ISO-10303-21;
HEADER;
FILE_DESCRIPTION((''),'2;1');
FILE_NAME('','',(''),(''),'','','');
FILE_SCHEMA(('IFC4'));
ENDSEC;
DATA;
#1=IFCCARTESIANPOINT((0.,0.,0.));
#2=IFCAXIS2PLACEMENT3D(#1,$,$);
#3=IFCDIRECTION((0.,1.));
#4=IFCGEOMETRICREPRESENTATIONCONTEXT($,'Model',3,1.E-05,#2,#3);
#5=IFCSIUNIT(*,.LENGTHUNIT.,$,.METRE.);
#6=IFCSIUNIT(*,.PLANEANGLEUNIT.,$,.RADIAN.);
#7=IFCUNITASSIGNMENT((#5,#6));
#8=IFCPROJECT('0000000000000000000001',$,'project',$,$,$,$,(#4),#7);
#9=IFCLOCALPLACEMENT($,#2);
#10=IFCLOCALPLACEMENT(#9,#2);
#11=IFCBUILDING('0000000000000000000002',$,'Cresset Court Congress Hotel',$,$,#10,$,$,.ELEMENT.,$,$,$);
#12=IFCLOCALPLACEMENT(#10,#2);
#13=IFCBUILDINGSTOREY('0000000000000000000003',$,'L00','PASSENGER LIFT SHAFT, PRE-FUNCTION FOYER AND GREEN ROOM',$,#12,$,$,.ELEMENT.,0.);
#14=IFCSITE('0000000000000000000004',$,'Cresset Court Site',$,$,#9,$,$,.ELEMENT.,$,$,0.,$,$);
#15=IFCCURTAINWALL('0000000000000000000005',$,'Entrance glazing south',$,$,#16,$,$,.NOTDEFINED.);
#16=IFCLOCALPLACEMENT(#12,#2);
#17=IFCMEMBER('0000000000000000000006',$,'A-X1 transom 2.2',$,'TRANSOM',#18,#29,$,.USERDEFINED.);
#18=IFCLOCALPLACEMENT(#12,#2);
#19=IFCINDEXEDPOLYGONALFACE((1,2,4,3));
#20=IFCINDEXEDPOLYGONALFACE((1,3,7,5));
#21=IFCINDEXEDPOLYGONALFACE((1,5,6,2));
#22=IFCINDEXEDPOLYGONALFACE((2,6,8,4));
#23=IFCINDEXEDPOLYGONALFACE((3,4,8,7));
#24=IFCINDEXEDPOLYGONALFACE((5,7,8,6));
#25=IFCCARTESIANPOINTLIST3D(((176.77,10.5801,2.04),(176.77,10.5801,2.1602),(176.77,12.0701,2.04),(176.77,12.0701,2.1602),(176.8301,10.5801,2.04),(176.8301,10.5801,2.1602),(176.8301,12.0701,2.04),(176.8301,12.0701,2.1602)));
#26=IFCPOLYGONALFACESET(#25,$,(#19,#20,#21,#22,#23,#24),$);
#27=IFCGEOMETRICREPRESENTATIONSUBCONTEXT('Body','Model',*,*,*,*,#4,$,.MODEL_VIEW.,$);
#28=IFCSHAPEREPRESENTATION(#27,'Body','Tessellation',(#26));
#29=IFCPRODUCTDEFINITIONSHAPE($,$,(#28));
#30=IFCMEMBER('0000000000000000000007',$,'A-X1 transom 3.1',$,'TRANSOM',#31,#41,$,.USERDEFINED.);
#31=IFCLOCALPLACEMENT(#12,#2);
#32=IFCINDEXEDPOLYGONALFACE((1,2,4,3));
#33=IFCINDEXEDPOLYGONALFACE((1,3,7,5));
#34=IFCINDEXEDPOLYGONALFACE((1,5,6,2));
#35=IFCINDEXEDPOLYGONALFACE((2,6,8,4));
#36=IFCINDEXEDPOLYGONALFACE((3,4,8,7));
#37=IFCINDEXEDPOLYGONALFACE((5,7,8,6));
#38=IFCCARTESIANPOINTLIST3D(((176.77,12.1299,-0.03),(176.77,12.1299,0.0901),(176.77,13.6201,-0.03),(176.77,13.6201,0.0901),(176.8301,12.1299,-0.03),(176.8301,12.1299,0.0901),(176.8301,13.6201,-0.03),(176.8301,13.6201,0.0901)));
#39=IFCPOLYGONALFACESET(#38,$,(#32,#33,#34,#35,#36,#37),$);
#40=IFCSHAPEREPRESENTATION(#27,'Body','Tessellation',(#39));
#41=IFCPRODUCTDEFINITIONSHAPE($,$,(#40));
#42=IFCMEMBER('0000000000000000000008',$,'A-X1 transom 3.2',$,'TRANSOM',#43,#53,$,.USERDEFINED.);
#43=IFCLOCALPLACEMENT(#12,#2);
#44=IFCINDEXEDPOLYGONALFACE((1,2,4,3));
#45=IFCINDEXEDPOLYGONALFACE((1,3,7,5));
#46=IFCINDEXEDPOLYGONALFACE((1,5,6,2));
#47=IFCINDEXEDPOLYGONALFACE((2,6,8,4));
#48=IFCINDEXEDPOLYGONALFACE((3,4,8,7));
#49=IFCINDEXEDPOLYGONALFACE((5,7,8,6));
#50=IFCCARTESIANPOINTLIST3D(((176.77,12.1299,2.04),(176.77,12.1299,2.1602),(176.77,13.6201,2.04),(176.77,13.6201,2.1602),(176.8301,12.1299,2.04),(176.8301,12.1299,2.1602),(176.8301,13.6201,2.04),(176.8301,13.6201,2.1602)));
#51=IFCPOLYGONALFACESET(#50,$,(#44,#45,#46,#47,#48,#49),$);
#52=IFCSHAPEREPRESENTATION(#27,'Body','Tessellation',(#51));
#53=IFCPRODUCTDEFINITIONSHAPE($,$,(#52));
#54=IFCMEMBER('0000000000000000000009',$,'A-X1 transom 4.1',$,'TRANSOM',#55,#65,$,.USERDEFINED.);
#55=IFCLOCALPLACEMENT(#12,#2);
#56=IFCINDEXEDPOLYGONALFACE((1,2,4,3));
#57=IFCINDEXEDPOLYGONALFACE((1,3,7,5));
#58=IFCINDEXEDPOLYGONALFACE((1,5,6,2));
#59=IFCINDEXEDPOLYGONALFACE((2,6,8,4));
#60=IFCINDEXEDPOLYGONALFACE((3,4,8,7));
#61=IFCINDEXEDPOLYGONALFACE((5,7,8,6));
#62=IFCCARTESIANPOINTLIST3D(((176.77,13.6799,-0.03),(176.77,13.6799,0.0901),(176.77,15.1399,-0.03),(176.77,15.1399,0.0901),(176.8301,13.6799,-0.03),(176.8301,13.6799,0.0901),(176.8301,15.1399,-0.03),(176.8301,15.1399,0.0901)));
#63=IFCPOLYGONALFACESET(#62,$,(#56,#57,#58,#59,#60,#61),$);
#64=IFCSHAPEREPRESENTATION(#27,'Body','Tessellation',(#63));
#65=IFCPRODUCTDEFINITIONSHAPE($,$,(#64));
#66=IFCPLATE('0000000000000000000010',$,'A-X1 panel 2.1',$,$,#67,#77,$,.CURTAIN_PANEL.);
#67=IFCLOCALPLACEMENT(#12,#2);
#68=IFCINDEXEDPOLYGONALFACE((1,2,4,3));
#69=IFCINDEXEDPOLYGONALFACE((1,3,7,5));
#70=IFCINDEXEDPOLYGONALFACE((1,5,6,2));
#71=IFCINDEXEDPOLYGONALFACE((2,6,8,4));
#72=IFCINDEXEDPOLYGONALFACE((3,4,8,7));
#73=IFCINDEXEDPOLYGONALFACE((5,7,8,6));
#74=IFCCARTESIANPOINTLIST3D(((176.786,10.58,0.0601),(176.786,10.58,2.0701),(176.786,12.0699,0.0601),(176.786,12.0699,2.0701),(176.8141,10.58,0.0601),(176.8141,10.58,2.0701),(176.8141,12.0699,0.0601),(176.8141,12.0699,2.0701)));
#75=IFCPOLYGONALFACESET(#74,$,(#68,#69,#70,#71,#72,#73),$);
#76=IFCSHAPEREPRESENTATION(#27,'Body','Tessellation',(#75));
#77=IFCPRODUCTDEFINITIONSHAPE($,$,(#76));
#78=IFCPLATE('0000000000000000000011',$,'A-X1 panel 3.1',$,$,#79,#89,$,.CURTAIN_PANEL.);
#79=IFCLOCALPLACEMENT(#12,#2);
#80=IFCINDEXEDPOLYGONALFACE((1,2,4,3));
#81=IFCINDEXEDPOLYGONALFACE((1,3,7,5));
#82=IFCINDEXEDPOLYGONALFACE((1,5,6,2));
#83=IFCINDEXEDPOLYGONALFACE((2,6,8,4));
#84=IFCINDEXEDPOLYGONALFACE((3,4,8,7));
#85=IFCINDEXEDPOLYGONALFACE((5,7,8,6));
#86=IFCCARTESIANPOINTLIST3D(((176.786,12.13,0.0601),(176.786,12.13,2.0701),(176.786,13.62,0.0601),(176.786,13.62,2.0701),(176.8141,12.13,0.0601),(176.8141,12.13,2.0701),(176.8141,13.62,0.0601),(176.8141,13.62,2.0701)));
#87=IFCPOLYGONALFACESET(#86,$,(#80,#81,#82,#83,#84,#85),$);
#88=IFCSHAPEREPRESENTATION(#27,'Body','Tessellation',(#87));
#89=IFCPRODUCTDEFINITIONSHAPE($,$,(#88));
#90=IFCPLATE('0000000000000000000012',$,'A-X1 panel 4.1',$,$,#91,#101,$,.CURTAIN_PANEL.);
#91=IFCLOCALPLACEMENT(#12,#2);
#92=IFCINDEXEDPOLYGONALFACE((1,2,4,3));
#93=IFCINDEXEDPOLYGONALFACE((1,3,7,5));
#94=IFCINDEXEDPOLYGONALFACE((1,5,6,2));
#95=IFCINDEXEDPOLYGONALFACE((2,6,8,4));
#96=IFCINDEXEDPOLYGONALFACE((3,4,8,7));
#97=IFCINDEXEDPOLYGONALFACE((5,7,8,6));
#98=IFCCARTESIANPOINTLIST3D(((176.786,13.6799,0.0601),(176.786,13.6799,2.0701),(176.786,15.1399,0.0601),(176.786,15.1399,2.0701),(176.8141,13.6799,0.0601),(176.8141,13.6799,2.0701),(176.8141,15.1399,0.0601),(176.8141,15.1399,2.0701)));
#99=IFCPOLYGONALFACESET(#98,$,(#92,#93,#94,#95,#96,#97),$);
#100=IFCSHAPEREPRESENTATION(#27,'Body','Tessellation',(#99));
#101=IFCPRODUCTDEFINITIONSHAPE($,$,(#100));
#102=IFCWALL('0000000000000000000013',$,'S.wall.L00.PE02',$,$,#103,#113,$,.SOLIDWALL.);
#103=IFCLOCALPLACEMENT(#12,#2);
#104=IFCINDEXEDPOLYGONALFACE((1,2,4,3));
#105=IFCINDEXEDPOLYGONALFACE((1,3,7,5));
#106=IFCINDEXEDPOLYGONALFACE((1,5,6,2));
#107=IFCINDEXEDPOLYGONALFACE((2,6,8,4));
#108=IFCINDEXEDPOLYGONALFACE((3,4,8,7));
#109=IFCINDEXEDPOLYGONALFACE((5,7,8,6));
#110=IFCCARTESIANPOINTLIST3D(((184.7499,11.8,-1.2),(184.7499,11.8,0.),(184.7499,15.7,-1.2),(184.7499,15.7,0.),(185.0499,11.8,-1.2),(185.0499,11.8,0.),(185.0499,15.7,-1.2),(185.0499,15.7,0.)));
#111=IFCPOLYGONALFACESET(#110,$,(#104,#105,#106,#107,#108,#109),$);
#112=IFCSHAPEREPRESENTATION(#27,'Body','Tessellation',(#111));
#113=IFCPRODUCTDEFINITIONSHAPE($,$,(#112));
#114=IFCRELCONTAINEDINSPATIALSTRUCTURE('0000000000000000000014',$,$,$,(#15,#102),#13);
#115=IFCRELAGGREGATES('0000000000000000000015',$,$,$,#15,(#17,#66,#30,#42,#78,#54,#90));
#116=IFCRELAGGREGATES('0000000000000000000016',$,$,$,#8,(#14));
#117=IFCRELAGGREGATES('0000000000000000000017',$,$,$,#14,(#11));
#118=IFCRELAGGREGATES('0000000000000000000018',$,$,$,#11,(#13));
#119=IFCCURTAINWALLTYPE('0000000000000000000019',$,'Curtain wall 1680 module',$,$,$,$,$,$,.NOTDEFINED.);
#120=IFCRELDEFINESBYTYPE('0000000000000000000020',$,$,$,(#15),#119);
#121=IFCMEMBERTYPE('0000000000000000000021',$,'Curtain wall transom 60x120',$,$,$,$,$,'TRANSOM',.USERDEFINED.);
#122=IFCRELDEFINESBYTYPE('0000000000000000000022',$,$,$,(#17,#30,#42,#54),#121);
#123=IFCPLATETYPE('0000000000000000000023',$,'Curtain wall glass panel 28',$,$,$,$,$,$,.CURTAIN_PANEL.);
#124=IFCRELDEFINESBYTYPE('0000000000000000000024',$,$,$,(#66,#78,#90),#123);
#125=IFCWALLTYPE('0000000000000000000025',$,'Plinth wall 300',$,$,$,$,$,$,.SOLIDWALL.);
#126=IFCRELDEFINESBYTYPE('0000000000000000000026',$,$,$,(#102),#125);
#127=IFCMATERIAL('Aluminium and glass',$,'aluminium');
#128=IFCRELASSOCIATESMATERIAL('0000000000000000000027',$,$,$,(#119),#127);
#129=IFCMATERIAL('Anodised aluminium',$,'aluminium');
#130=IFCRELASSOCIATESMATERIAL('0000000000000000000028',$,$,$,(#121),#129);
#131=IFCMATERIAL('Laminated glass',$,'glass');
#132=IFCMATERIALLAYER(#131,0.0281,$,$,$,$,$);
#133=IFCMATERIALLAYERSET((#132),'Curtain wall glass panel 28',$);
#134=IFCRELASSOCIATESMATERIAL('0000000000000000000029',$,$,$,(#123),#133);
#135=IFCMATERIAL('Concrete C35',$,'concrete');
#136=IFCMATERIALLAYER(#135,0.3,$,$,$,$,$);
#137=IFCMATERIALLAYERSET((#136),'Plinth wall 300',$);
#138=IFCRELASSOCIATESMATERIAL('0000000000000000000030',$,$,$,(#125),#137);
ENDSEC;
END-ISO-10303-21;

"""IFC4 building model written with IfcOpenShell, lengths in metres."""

from ifc_helpers import new_model, si_unit, direction, frame, frame_2d, origin, origin_2d, place, context, subcontext, project, spatial, rectangle, extrude, material, layer, layer_set, material_profile, profile_set, type_object, element, aggregate, save


model = new_model("IFC4")

# Units and contexts
model_context = context("Model", 3, precision=1e-05, world=origin(), true_north=direction((0.0, 1.0)))
body_context = subcontext(model_context, "Body", "Model", "MODEL_VIEW")
ifc_project = project(units=[si_unit("LENGTHUNIT", "METRE"), si_unit("PLANEANGLEUNIT", "RADIAN")], contexts=[model_context])

# Site, building, storey
site_placement = place(None, origin())
site = spatial("IfcSite", under=ifc_project, at=site_placement, Name="Cresset Court Site", CompositionType="ELEMENT", RefElevation=0.0)
building_placement = place(site_placement, origin())
building = spatial("IfcBuilding", under=site, at=building_placement, Name="Cresset Court Congress Hotel", CompositionType="ELEMENT")
storey_placement = place(building_placement, origin())
storey = spatial("IfcBuildingStorey", under=building, at=storey_placement, Name="L00", Description="PASSENGER LIFT SHAFT, PRE-FUNCTION FOYER AND GREEN ROOM", CompositionType="ELEMENT", Elevation=0.0)

# Curtain wall, members, plates
ifc_material_1 = material(Name="Aluminium and glass", Category="aluminium")
curtain_wall_type = type_object("IfcCurtainWallType", Name="Curtain wall 1680 module", PredefinedType="NOTDEFINED", material=ifc_material_1)
curtain_wall_placement = place(storey_placement, origin())
curtain_wall = element("IfcCurtainWall", 1, at=curtain_wall_placement, inside=storey, type_object=curtain_wall_type, Name="Entrance glazing south", PredefinedType="NOTDEFINED")
ifc_material_2 = material(Name="Anodised aluminium", Category="aluminium")
ifc_material_profile_1 = material_profile(ifc_material_2, rectangle(XDim=0.0601, YDim=0.1201, at=origin_2d()), Name="AL60x120")
ifc_profile_set_1 = profile_set([ifc_material_profile_1], Name="Anodised aluminium")
member_type_1 = type_object("IfcMemberType", Name="Curtain wall transom 60x120", ElementType="TRANSOM", PredefinedType="USERDEFINED", material=ifc_profile_set_1)
member_1_placement = place(storey_placement, frame((176.8, 10.5801, 2.1001), z_axis=(0.0, 1.0, 0.0), x_axis=(-1.0, 0.0, 0.0)))
member_1 = element("IfcMember", 2, at=member_1_placement, type_object=member_type_1, Name="A-X1 transom 2.2", ObjectType="TRANSOM", PredefinedType="USERDEFINED", context=body_context, shape_type="SweptSolid", body=[
    extrude(rectangle(XDim=0.0601, YDim=0.1201, at=origin_2d()), origin(), (0.0, 0.0, 1.0), 1.49),
])
member_2_placement = place(storey_placement, frame((176.8, 12.1299, 0.03), z_axis=(0.0, 1.0, 0.0), x_axis=(-1.0, 0.0, 0.0)))
member_2 = element("IfcMember", 3, at=member_2_placement, type_object=member_type_1, Name="A-X1 transom 3.1", ObjectType="TRANSOM", PredefinedType="USERDEFINED", context=body_context, shape_type="SweptSolid", body=[
    extrude(rectangle(XDim=0.0601, YDim=0.1201, at=origin_2d()), origin(), (0.0, 0.0, 1.0), 1.4902),
])
member_3_placement = place(storey_placement, frame((176.8, 12.1299, 2.1001), z_axis=(0.0, 1.0, 0.0), x_axis=(-1.0, 0.0, 0.0)))
member_3 = element("IfcMember", 4, at=member_3_placement, type_object=member_type_1, Name="A-X1 transom 3.2", ObjectType="TRANSOM", PredefinedType="USERDEFINED", context=body_context, shape_type="SweptSolid", body=[
    extrude(rectangle(XDim=0.0601, YDim=0.1201, at=origin_2d()), origin(), (0.0, 0.0, 1.0), 1.4902),
])
member_4_placement = place(storey_placement, frame((176.8, 13.6799, 0.03), z_axis=(0.0, 1.0, 0.0), x_axis=(-1.0, 0.0, 0.0)))
member_4 = element("IfcMember", 5, at=member_4_placement, type_object=member_type_1, Name="A-X1 transom 4.1", ObjectType="TRANSOM", PredefinedType="USERDEFINED", context=body_context, shape_type="SweptSolid", body=[
    extrude(rectangle(XDim=0.0601, YDim=0.1201, at=origin_2d()), origin(), (0.0, 0.0, 1.0), 1.46),
])
ifc_material_3 = material(Name="Laminated glass", Category="glass")
ifc_layer_1 = layer(ifc_material_3, 0.0281)
ifc_layer_set_1 = layer_set([ifc_layer_1], Name="Curtain wall glass panel 28")
plate_type = type_object("IfcPlateType", Name="Curtain wall glass panel 28", PredefinedType="CURTAIN_PANEL", material=ifc_layer_set_1)
plate_1_placement = place(storey_placement, frame((176.8, 11.325, 0.0601), z_axis=(0.0, 0.0, 1.0), x_axis=(0.0, 1.0, 0.0)))
plate_1 = element("IfcPlate", 6, at=plate_1_placement, type_object=plate_type, Name="A-X1 panel 2.1", PredefinedType="CURTAIN_PANEL", context=body_context, shape_type="SweptSolid", body=[
    extrude(rectangle(XDim=1.49, YDim=0.0281, at=origin_2d()), origin(), (0.0, 0.0, 1.0), 2.01),
])
plate_2_placement = place(storey_placement, frame((176.8, 12.875, 0.0601), z_axis=(0.0, 0.0, 1.0), x_axis=(0.0, 1.0, 0.0)))
plate_2 = element("IfcPlate", 7, at=plate_2_placement, type_object=plate_type, Name="A-X1 panel 3.1", PredefinedType="CURTAIN_PANEL", context=body_context, shape_type="SweptSolid", body=[
    extrude(rectangle(XDim=1.49, YDim=0.0281, at=origin_2d()), origin(), (0.0, 0.0, 1.0), 2.01),
])
plate_3_placement = place(storey_placement, frame((176.8, 14.4099, 0.0601), z_axis=(0.0, 0.0, 1.0), x_axis=(0.0, 1.0, 0.0)))
plate_3 = element("IfcPlate", 8, at=plate_3_placement, type_object=plate_type, Name="A-X1 panel 4.1", PredefinedType="CURTAIN_PANEL", context=body_context, shape_type="SweptSolid", body=[
    extrude(rectangle(XDim=1.46, YDim=0.0281, at=origin_2d()), origin(), (0.0, 0.0, 1.0), 2.01),
])
aggregate(curtain_wall, [member_1, plate_1, member_2, member_3, plate_2, member_4, plate_3])

# Wall
ifc_material_4 = material(Name="Concrete C35", Category="concrete")
ifc_layer_2 = layer(ifc_material_4, 0.3)
ifc_layer_set_2 = layer_set([ifc_layer_2], Name="Plinth wall 300")
wall_type_1 = type_object("IfcWallType", Name="Plinth wall 300", PredefinedType="SOLIDWALL", material=ifc_layer_set_2)
wall_1_placement = place(storey_placement, frame((184.8999, 11.8, -1.2), z_axis=(0.0, 0.0, 1.0), x_axis=(0.0, 1.0, 0.0)))
element("IfcWall", 9, at=wall_1_placement, inside=storey, type_object=wall_type_1, Name="S.wall.L00.PE02", PredefinedType="SOLIDWALL", context=body_context, shape_type="SweptSolid", body=[
    extrude(rectangle(XDim=3.8999, YDim=0.3, at=frame_2d((1.95, 0.0))), origin(), (0.0, 0.0, 1.0), 1.2),
])

save(model, "model.ifc")
